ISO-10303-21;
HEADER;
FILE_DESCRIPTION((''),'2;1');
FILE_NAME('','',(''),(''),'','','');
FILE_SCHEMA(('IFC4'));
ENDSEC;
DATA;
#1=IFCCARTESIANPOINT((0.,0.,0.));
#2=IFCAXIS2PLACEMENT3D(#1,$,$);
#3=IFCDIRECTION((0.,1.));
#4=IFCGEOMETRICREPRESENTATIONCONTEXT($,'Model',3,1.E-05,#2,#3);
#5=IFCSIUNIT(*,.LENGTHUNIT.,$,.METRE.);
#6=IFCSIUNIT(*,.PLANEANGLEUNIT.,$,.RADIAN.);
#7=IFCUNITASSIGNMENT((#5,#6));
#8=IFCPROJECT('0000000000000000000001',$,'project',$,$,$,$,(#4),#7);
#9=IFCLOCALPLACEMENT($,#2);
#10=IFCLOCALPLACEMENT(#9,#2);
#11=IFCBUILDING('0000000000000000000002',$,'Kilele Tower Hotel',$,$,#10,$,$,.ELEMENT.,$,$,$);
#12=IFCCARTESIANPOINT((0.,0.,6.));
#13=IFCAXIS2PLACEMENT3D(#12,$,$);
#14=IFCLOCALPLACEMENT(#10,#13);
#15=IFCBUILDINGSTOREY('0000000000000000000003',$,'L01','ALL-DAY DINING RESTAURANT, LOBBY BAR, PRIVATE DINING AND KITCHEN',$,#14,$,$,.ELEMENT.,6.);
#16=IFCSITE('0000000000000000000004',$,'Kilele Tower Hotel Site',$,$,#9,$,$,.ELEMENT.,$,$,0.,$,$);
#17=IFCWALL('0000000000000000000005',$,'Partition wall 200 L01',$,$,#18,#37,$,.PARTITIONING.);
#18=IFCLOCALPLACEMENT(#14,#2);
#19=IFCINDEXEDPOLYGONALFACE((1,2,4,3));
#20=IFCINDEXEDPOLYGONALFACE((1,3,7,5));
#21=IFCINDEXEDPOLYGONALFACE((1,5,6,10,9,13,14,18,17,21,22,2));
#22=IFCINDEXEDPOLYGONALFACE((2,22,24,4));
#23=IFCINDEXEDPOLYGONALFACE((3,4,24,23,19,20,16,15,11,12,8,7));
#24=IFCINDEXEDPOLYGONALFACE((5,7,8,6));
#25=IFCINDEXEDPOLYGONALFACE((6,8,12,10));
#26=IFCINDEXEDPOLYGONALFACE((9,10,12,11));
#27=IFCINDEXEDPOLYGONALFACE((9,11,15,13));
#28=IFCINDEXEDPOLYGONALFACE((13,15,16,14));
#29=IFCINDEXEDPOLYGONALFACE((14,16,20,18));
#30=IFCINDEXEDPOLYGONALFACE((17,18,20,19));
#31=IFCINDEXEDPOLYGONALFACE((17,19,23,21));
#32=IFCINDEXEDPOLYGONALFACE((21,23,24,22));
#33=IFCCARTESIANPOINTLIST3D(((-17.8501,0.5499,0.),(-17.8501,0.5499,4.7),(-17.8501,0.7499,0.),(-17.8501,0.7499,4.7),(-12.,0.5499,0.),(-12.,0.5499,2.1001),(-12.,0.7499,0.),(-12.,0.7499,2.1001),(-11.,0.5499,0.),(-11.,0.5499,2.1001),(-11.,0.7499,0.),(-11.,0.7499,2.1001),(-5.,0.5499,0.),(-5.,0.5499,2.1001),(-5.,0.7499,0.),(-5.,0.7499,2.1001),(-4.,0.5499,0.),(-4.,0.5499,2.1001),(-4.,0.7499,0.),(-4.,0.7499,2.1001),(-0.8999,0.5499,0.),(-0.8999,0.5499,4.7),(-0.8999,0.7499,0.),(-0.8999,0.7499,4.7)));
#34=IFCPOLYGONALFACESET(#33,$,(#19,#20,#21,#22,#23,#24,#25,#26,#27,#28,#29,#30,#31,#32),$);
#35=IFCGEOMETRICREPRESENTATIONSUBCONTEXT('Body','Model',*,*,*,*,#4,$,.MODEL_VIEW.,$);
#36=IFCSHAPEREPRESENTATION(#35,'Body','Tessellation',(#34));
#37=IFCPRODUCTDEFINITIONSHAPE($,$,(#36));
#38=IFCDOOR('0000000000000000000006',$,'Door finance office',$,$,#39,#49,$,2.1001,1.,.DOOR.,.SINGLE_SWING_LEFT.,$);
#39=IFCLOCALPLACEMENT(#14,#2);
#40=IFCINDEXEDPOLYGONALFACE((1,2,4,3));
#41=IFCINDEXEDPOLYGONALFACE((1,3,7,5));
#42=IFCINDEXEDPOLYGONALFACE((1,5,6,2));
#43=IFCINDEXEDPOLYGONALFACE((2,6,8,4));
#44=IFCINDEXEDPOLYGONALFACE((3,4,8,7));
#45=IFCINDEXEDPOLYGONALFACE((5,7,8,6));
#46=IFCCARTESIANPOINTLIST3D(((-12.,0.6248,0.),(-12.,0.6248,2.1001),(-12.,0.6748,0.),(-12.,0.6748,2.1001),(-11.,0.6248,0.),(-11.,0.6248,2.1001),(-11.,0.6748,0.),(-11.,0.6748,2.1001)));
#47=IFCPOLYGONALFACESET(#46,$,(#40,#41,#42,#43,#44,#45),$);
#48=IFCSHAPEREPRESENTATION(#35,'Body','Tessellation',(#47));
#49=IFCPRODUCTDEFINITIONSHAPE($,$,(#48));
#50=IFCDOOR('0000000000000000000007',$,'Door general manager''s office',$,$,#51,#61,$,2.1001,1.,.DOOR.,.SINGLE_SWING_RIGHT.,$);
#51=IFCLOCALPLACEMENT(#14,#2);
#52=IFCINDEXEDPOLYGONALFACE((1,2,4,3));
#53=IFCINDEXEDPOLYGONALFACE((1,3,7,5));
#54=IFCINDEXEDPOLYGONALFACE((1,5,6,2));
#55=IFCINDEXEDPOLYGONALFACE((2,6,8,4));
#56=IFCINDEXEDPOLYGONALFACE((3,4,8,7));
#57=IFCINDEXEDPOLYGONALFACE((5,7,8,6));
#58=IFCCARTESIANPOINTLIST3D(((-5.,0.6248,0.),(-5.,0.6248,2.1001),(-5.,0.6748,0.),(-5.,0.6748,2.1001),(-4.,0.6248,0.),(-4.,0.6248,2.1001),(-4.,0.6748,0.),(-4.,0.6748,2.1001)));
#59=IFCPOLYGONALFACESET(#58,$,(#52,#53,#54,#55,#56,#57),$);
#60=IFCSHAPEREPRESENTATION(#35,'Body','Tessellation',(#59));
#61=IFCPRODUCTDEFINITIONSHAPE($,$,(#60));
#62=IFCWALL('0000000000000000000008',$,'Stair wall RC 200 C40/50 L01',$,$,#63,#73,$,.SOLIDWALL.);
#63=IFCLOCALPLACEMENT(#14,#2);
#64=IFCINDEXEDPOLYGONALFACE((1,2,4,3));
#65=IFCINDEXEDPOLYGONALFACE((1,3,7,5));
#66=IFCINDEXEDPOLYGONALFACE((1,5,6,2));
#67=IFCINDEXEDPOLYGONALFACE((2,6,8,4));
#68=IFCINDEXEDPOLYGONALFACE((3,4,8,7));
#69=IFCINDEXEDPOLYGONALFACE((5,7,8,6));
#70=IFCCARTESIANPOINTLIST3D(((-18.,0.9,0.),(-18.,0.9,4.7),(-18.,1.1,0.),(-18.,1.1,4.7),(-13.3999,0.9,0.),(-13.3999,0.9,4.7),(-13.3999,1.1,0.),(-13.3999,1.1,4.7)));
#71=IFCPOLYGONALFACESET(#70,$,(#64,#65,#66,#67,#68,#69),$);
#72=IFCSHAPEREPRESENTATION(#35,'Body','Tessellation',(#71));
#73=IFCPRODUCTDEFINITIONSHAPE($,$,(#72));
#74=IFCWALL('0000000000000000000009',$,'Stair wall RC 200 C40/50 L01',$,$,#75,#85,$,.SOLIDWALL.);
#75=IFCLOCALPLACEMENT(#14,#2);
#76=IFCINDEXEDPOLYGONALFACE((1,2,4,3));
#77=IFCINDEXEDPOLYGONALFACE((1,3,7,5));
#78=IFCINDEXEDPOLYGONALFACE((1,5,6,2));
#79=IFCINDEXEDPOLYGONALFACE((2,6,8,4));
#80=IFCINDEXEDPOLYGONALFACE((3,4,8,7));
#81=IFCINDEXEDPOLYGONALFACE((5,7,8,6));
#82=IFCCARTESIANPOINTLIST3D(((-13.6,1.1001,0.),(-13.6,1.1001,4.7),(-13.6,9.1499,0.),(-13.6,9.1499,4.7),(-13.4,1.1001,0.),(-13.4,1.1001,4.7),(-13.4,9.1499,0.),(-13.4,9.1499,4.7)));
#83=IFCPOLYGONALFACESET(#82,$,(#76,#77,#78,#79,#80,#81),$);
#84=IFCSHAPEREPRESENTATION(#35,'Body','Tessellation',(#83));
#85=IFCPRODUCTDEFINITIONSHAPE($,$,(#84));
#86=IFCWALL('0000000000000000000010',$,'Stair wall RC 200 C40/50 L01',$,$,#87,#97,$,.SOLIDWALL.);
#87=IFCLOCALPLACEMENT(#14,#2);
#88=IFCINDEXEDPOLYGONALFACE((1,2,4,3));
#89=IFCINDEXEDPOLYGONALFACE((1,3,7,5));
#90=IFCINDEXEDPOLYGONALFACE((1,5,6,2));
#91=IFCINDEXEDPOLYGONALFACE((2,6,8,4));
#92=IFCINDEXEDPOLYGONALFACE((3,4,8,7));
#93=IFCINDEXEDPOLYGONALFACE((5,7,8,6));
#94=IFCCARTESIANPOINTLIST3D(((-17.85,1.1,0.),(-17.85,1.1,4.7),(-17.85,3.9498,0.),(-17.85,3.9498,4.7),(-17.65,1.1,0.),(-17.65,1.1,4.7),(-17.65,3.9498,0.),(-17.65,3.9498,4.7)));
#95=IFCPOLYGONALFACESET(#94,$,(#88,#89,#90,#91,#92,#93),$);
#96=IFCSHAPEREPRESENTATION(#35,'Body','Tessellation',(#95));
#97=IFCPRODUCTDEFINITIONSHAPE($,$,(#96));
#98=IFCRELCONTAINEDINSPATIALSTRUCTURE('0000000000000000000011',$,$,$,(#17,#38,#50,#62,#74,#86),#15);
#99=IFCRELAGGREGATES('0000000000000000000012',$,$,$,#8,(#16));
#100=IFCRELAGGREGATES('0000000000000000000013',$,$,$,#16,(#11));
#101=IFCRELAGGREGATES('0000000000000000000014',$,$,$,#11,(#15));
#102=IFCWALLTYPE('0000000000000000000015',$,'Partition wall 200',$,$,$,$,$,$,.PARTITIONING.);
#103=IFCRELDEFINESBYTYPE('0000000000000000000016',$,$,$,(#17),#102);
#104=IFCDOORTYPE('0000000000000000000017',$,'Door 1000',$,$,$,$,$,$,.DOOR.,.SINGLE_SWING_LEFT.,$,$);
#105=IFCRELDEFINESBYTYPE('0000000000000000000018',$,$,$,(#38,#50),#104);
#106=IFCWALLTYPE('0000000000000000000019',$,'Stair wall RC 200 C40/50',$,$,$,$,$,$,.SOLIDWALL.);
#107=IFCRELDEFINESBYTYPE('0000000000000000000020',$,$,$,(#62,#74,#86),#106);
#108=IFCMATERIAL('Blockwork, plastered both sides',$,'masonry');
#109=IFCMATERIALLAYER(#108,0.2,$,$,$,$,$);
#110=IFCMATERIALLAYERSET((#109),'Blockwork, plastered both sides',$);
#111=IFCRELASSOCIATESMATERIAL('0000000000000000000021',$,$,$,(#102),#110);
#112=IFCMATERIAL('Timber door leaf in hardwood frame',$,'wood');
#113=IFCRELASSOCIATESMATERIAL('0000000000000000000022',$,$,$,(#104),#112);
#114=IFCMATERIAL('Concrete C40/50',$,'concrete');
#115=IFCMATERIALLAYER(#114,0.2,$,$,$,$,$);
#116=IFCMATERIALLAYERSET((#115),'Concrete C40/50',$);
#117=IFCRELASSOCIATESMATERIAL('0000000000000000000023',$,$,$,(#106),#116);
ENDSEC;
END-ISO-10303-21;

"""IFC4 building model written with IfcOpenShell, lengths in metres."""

from ifc_helpers import new_model, si_unit, direction, frame, frame_2d, origin, place, context, subcontext, project, spatial, rectangle, extrude, material, layer, layer_set, type_object, element, fill, save


model = new_model("IFC4")

# Units and contexts
model_context = context("Model", 3, precision=1e-05, world=origin(), true_north=direction((0.0, 1.0)))
body_context = subcontext(model_context, "Body", "Model", "MODEL_VIEW")
ifc_project = project(units=[si_unit("LENGTHUNIT", "METRE"), si_unit("PLANEANGLEUNIT", "RADIAN")], contexts=[model_context])

# Site, building, storey
site_placement = place(None, origin())
site = spatial("IfcSite", under=ifc_project, at=site_placement, Name="Kilele Tower Hotel Site", CompositionType="ELEMENT", RefElevation=0.0)
building_placement = place(site_placement, origin())
building = spatial("IfcBuilding", under=site, at=building_placement, Name="Kilele Tower Hotel", CompositionType="ELEMENT")
storey_placement = place(building_placement, frame((0.0, 0.0, 6.0)))
storey = spatial("IfcBuildingStorey", under=building, at=storey_placement, Name="L01", Description="ALL-DAY DINING RESTAURANT, LOBBY BAR, PRIVATE DINING AND KITCHEN", CompositionType="ELEMENT", Elevation=6.0)

# Wall, openings, doors
ifc_material_1 = material(Name="Blockwork, plastered both sides", Category="masonry")
ifc_layer_1 = layer(ifc_material_1, 0.2)
ifc_layer_set_1 = layer_set([ifc_layer_1], Name="Blockwork, plastered both sides")
wall_type_1 = type_object("IfcWallType", Name="Partition wall 200", PredefinedType="PARTITIONING", material=ifc_layer_set_1)
wall_1_placement = place(storey_placement, frame((-17.8501, 0.6499, 0.0), z_axis=(0.0, 0.0, 1.0), x_axis=(1.0, 0.0, 0.0)))
wall_1 = element("IfcWall", 1, at=wall_1_placement, inside=storey, type_object=wall_type_1, Name="Partition wall 200 L01", PredefinedType="PARTITIONING", context=body_context, shape_type="SweptSolid", body=[
    extrude(rectangle(XDim=16.9502, YDim=0.2, at=frame_2d((8.4751, 0.0))), origin(), (0.0, 0.0, 1.0), 4.7),
])
opening_1_placement = place(wall_1_placement, frame((5.8501, 0.0, 0.0)))
opening_1 = element("IfcOpeningElement", 2, at=opening_1_placement, cuts=wall_1, PredefinedType="OPENING", context=body_context, shape_type="SweptSolid", body=[
    extrude(rectangle(XDim=1.0, YDim=2.1001, at=frame_2d((0.5, 1.05))), frame((0.0, 0.1099, 0.0), z_axis=(0.0, -1.0, 0.0), x_axis=(1.0, 0.0, 0.0)), (0.0, 0.0, 1.0), 0.22),
])
opening_2_placement = place(wall_1_placement, frame((12.8501, 0.0, 0.0)))
opening_2 = element("IfcOpeningElement", 3, at=opening_2_placement, cuts=wall_1, PredefinedType="OPENING", context=body_context, shape_type="SweptSolid", body=[
    extrude(rectangle(XDim=1.0, YDim=2.1001, at=frame_2d((0.5, 1.05))), frame((0.0, 0.1099, 0.0), z_axis=(0.0, -1.0, 0.0), x_axis=(1.0, 0.0, 0.0)), (0.0, 0.0, 1.0), 0.22),
])
ifc_material_2 = material(Name="Timber door leaf in hardwood frame", Category="wood")
door_type = type_object("IfcDoorType", Name="Door 1000", OperationType="SINGLE_SWING_LEFT", PredefinedType="DOOR", material=ifc_material_2)
door_1_placement = place(opening_1_placement, origin())
door_1 = element("IfcDoor", 4, at=door_1_placement, inside=storey, type_object=door_type, Name="Door finance office", OperationType="SINGLE_SWING_LEFT", OverallHeight=2.1001, OverallWidth=1.0, PredefinedType="DOOR", context=body_context, shape_type="SweptSolid", body=[
    extrude(rectangle(XDim=1.0, YDim=2.1001, at=frame_2d((0.5, 1.05))), frame((0.0, 0.0249, 0.0), z_axis=(0.0, -1.0, 0.0), x_axis=(1.0, 0.0, 0.0)), (0.0, 0.0, 1.0), 0.05),
])
fill(opening_1, door_1)
door_2_placement = place(opening_2_placement, origin())
door_2 = element("IfcDoor", 5, at=door_2_placement, inside=storey, type_object=door_type, Name="Door general manager's office", OperationType="SINGLE_SWING_RIGHT", OverallHeight=2.1001, OverallWidth=1.0, PredefinedType="DOOR", context=body_context, shape_type="SweptSolid", body=[
    extrude(rectangle(XDim=1.0, YDim=2.1001, at=frame_2d((0.5, 1.05))), frame((0.0, 0.0249, 0.0), z_axis=(0.0, -1.0, 0.0), x_axis=(1.0, 0.0, 0.0)), (0.0, 0.0, 1.0), 0.05),
])
fill(opening_2, door_2)

# Walls
ifc_material_3 = material(Name="Concrete C40/50", Category="concrete")
ifc_layer_2 = layer(ifc_material_3, 0.2)
ifc_layer_set_2 = layer_set([ifc_layer_2], Name="Concrete C40/50")
wall_type_2 = type_object("IfcWallType", Name="Stair wall RC 200 C40/50", PredefinedType="SOLIDWALL", material=ifc_layer_set_2)
wall_2_placement = place(storey_placement, frame((-18.0, 1.0, 0.0), z_axis=(0.0, 0.0, 1.0), x_axis=(1.0, 0.0, 0.0)))
element("IfcWall", 6, at=wall_2_placement, inside=storey, type_object=wall_type_2, Name="Stair wall RC 200 C40/50 L01", PredefinedType="SOLIDWALL", context=body_context, shape_type="SweptSolid", body=[
    extrude(rectangle(XDim=4.6001, YDim=0.2, at=frame_2d((2.3, 0.0))), origin(), (0.0, 0.0, 1.0), 4.7),
])
wall_3_placement = place(storey_placement, frame((-13.5, 1.1001, 0.0), z_axis=(0.0, 0.0, 1.0), x_axis=(0.0, 1.0, 0.0)))
element("IfcWall", 7, at=wall_3_placement, inside=storey, type_object=wall_type_2, Name="Stair wall RC 200 C40/50 L01", PredefinedType="SOLIDWALL", context=body_context, shape_type="SweptSolid", body=[
    extrude(rectangle(XDim=8.0498, YDim=0.2, at=frame_2d((4.0249, 0.0))), origin(), (0.0, 0.0, 1.0), 4.7),
])
wall_4_placement = place(storey_placement, frame((-17.75, 1.1001, 0.0), z_axis=(0.0, 0.0, 1.0), x_axis=(0.0, 1.0, 0.0)))
element("IfcWall", 8, at=wall_4_placement, inside=storey, type_object=wall_type_2, Name="Stair wall RC 200 C40/50 L01", PredefinedType="SOLIDWALL", context=body_context, shape_type="SweptSolid", body=[
    extrude(rectangle(XDim=2.8499, YDim=0.2, at=frame_2d((1.4248, 0.0))), origin(), (0.0, 0.0, 1.0), 4.7),
])

save(model, "model.ifc")
